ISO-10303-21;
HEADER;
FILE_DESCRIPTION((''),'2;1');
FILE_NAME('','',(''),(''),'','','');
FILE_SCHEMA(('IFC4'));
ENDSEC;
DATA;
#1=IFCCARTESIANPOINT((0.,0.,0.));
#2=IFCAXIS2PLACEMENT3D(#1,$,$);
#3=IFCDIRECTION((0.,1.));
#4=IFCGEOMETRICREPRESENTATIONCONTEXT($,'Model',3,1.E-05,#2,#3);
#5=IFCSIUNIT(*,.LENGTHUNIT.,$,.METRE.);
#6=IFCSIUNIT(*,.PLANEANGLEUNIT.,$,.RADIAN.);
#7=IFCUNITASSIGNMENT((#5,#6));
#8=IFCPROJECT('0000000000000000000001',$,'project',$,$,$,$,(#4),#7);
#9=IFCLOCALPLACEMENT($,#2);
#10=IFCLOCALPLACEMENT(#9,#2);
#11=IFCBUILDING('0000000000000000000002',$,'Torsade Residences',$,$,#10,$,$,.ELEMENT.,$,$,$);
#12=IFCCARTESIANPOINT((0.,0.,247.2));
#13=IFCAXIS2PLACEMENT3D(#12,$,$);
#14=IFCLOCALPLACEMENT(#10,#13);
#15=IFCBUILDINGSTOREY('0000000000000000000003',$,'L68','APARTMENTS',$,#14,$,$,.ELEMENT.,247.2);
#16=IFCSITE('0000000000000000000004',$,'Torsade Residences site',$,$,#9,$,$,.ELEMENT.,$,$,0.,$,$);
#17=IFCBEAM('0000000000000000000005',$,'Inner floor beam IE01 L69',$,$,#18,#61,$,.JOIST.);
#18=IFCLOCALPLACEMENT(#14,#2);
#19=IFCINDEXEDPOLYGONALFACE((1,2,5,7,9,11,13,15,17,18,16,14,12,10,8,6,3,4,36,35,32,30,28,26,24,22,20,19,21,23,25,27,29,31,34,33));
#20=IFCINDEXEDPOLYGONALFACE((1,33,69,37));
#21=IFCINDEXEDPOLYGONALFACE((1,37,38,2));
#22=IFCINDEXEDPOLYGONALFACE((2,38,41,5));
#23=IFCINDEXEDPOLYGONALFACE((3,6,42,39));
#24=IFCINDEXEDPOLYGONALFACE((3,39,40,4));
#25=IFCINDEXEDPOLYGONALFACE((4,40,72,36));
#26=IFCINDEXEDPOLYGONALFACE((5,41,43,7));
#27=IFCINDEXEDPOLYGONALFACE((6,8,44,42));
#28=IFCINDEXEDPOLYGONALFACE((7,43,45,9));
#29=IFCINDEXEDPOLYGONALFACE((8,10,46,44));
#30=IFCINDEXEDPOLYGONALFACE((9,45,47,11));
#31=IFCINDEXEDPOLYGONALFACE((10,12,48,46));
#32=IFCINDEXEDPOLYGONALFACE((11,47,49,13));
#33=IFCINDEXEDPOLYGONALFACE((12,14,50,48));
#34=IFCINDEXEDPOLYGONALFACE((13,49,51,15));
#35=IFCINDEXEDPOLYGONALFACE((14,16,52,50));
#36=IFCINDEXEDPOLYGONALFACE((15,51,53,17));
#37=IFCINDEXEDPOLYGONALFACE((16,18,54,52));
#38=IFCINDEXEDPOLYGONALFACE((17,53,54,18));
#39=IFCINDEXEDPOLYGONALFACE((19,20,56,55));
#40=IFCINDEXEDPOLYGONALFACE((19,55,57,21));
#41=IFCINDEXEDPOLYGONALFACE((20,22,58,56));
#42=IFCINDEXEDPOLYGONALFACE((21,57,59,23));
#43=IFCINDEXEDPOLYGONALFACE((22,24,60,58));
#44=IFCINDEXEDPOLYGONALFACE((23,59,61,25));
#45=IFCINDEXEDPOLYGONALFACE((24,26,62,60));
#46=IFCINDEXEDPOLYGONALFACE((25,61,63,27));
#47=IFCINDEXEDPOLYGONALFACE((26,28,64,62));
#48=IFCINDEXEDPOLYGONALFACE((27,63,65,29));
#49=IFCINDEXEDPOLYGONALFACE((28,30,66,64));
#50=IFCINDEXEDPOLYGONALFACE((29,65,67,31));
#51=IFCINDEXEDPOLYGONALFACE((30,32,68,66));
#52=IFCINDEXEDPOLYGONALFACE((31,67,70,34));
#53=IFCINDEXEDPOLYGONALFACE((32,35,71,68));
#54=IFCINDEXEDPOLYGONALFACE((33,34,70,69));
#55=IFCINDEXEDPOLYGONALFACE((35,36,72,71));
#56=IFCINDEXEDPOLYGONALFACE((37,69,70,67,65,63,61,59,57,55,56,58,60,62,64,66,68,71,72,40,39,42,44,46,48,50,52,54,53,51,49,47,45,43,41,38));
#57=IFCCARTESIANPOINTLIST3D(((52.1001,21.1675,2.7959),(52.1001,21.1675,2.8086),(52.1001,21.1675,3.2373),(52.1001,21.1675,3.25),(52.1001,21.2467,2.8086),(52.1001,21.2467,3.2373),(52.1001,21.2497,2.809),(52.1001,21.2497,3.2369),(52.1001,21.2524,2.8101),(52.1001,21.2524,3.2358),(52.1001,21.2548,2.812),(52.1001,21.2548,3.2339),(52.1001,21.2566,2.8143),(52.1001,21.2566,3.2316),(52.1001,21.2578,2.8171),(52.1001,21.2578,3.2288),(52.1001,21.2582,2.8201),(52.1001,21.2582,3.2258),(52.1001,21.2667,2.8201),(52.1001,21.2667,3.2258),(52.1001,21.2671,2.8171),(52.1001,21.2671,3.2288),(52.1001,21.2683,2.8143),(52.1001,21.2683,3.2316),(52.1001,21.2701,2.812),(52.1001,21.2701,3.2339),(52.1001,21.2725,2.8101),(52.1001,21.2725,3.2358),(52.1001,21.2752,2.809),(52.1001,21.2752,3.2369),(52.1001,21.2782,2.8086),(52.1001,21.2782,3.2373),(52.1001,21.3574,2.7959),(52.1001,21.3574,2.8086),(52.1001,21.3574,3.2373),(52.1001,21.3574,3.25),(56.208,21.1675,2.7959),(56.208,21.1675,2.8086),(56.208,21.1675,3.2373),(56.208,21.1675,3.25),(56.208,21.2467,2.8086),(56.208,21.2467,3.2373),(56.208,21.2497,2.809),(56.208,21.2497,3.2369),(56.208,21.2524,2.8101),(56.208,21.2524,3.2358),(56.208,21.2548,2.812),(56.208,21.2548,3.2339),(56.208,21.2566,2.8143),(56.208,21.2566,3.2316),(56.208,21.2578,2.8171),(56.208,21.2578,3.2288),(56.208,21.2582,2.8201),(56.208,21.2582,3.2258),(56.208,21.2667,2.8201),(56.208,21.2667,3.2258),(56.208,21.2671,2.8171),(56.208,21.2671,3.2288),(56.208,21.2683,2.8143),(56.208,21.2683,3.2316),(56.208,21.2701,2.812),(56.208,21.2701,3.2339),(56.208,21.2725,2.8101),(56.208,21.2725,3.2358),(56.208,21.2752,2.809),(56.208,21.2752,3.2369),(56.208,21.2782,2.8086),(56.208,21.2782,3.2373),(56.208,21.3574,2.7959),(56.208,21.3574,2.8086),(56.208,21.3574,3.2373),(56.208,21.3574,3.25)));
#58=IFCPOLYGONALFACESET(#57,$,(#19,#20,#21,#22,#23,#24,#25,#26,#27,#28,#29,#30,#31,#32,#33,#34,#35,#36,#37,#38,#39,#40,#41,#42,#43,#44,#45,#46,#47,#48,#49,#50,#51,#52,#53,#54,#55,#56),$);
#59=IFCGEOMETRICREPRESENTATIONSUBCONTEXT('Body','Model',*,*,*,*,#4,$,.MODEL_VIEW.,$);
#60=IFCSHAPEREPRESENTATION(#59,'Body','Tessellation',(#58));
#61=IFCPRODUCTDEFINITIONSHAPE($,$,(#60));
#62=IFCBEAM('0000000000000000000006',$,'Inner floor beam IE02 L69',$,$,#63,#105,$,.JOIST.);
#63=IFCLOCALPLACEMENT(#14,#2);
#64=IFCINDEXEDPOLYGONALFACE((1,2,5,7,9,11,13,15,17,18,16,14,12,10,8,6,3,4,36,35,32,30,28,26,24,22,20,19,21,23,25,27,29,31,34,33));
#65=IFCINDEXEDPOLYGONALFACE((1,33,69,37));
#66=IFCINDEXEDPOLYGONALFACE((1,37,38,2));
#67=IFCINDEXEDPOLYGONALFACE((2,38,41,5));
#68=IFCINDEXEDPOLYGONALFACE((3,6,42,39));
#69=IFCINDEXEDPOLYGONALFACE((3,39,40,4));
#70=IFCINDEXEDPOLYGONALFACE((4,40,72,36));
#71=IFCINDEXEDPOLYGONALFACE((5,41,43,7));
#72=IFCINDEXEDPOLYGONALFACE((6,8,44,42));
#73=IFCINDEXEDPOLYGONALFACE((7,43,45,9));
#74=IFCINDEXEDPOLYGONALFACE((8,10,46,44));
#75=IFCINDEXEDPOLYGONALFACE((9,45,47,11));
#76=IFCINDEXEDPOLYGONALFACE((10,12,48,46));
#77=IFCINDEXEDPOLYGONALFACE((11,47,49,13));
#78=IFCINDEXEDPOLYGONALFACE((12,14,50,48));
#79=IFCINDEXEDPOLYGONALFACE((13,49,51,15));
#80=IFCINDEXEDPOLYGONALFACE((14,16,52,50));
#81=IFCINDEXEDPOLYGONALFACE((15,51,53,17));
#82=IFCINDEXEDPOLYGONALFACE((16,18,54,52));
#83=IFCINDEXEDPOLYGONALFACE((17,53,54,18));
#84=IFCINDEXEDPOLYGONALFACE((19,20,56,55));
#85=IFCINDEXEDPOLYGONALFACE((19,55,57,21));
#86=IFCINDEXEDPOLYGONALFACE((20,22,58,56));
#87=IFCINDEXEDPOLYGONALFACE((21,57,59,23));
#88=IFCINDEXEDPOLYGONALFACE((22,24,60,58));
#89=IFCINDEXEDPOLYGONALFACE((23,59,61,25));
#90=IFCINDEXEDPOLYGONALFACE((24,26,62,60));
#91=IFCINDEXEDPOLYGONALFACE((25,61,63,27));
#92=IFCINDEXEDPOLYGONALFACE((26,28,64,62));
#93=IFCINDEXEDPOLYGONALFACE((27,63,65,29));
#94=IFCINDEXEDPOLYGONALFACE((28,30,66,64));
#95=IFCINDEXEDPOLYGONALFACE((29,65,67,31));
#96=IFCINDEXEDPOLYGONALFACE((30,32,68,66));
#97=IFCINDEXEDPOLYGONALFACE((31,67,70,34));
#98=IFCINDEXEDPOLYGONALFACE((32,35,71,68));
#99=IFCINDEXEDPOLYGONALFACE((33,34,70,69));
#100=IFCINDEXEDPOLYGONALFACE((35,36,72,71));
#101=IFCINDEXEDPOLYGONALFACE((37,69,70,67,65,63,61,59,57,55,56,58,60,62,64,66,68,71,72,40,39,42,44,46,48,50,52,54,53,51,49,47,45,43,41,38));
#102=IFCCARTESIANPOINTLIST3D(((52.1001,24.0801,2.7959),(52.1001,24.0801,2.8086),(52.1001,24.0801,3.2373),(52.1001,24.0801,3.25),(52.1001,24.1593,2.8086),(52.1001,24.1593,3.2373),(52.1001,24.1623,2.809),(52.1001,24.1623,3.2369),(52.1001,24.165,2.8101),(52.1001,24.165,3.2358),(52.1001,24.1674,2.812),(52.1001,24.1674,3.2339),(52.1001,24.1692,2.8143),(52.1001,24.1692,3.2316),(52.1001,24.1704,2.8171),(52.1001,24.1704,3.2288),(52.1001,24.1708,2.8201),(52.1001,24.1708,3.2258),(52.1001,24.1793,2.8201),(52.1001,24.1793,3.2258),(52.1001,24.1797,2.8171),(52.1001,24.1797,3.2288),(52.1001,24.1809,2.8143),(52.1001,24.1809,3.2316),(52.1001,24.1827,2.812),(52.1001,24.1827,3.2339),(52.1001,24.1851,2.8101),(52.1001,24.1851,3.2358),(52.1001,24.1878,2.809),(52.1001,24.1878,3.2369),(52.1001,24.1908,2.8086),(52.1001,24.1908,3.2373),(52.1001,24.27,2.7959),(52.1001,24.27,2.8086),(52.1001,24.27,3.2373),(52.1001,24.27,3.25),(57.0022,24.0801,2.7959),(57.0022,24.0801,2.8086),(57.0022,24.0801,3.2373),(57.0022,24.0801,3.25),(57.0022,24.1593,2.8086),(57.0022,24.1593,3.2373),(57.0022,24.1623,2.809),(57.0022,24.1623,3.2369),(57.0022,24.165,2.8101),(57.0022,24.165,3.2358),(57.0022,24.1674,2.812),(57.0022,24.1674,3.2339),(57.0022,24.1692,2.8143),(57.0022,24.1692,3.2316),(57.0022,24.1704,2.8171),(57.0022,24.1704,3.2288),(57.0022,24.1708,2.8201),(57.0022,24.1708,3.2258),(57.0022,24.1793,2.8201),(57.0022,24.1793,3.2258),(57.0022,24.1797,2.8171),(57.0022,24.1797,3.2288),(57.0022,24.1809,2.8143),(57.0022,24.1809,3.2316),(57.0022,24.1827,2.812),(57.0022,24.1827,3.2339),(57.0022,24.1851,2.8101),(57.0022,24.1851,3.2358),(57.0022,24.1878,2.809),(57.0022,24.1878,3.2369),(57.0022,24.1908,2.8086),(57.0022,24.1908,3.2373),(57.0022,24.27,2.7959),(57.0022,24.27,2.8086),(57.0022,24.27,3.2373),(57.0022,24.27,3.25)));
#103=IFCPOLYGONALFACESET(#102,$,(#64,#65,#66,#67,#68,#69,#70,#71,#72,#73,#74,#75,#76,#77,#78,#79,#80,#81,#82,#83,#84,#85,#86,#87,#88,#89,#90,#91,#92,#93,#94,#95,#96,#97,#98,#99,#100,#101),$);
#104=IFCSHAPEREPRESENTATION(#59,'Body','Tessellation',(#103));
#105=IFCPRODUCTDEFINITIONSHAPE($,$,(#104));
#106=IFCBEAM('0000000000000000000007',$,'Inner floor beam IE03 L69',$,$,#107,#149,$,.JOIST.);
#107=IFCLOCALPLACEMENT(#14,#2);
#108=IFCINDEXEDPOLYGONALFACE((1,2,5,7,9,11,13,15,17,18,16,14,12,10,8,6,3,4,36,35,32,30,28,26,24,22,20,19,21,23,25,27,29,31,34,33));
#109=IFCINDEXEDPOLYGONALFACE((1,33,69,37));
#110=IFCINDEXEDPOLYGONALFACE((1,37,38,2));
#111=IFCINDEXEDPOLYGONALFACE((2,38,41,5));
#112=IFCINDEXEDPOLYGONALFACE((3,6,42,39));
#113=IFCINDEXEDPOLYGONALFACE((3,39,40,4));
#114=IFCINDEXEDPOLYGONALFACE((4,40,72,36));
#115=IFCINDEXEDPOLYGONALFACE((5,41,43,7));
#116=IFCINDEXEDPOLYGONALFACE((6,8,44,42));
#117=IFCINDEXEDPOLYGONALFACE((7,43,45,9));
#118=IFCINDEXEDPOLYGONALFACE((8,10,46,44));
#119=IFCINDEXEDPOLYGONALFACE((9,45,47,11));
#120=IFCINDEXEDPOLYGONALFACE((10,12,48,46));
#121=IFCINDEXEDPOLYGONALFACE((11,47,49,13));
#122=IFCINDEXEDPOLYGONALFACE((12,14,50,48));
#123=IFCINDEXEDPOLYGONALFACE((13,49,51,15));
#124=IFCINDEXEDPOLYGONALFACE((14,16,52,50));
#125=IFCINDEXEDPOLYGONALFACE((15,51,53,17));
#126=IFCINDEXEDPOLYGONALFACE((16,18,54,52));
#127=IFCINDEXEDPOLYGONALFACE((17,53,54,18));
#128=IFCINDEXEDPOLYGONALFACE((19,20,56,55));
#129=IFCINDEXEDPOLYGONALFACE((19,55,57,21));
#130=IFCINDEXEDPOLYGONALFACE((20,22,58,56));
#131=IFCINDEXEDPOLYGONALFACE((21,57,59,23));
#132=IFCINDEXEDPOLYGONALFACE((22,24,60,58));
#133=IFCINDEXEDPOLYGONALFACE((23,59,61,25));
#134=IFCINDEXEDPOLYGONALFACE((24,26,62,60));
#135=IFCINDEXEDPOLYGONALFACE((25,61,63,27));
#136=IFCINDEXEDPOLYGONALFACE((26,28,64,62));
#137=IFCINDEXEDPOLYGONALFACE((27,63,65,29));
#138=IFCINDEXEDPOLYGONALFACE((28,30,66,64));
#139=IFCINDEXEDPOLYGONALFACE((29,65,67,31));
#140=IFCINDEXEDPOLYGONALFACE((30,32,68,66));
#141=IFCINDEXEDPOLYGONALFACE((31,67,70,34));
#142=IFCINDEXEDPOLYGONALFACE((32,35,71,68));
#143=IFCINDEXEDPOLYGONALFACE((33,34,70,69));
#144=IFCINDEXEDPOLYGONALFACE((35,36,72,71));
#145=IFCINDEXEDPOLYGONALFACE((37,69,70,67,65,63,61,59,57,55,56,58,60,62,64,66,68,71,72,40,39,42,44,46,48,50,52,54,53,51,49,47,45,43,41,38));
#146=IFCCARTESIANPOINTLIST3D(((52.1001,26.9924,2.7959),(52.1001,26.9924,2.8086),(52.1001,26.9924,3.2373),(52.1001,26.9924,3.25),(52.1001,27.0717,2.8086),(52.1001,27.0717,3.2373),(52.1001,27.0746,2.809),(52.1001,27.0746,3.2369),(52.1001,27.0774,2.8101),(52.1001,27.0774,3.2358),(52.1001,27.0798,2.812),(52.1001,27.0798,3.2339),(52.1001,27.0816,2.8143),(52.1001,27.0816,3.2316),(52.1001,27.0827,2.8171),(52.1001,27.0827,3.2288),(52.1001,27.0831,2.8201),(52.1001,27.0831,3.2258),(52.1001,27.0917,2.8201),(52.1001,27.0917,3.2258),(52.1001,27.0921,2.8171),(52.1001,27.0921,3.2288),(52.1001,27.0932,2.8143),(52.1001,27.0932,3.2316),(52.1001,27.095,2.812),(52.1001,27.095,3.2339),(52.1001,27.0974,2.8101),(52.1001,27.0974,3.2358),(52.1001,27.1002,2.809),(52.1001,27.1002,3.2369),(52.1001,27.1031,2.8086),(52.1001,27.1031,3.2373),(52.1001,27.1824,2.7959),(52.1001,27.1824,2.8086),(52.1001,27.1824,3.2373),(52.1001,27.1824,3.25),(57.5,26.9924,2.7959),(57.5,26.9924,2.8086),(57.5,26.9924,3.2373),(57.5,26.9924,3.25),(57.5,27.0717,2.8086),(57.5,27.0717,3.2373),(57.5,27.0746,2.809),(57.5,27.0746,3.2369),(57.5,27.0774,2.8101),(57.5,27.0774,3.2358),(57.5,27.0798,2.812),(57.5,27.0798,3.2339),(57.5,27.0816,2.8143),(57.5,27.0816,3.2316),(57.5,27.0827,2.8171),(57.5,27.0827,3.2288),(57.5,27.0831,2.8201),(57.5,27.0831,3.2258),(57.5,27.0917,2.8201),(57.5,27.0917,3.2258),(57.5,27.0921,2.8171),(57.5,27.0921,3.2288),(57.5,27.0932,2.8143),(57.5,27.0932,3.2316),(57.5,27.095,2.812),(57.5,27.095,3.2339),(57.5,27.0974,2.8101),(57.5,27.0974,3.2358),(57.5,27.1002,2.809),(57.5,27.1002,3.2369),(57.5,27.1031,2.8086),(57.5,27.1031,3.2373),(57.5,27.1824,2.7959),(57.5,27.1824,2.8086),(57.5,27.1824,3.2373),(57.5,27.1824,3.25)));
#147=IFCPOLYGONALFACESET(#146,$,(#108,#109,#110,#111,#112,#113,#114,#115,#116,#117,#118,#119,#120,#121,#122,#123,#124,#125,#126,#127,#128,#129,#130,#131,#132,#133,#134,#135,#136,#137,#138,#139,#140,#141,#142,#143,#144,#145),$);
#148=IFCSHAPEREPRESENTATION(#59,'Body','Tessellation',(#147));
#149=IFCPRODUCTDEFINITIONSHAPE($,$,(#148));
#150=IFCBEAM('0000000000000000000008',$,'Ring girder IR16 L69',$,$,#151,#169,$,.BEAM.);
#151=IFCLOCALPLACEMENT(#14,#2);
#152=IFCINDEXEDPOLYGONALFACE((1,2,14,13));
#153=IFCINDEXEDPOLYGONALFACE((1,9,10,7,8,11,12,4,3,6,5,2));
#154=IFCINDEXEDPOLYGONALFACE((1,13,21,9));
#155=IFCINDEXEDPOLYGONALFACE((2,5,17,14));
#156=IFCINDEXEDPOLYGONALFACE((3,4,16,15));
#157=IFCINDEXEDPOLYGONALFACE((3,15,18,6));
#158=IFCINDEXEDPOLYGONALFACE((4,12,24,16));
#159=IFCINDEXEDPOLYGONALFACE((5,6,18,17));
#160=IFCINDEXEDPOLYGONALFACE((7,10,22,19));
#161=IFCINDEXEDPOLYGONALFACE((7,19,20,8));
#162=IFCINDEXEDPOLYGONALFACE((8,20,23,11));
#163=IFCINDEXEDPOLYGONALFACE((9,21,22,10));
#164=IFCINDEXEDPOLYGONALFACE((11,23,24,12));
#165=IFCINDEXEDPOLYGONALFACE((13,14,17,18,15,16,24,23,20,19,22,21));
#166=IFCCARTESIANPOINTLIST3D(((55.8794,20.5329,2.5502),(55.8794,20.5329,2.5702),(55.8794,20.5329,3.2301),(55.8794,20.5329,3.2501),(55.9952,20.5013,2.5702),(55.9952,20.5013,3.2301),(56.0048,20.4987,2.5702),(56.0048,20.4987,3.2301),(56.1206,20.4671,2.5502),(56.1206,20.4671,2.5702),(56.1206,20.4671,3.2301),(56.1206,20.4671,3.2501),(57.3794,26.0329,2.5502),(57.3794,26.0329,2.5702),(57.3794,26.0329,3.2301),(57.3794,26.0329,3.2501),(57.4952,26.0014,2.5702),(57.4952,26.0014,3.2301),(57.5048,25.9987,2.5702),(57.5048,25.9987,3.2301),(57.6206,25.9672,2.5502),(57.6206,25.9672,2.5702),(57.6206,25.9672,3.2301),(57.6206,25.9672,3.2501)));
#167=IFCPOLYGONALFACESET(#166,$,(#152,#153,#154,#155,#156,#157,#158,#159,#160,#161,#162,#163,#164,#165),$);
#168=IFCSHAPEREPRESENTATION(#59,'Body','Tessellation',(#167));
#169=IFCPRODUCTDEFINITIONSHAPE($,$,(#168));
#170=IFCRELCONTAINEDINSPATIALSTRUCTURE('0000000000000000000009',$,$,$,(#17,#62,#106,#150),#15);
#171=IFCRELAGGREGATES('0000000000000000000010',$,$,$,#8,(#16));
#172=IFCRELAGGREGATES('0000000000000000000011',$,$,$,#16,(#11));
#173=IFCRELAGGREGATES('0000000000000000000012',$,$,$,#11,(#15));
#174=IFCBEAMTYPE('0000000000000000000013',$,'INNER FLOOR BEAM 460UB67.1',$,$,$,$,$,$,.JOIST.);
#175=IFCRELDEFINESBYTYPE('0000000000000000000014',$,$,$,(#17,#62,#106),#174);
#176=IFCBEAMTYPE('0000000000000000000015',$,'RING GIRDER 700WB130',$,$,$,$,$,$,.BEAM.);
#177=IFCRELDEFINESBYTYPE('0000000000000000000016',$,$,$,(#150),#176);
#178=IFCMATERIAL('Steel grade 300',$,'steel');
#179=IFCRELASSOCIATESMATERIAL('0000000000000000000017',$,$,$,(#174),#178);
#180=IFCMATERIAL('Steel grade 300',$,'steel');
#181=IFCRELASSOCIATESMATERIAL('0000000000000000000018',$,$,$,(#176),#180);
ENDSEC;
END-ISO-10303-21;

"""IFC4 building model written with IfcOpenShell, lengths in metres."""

from ifc_helpers import new_model, si_unit, direction, frame, origin, origin_2d, place, context, subcontext, project, spatial, i_section, extrude, material, material_profile, profile_set, type_object, element, save


model = new_model("IFC4")

# Units and contexts
model_context = context("Model", 3, precision=1e-05, world=origin(), true_north=direction((0.0, 1.0)))
body_context = subcontext(model_context, "Body", "Model", "MODEL_VIEW")
ifc_project = project(units=[si_unit("LENGTHUNIT", "METRE"), si_unit("PLANEANGLEUNIT", "RADIAN")], contexts=[model_context])

# Site, building, storey
site_placement = place(None, origin())
site = spatial("IfcSite", under=ifc_project, at=site_placement, Name="Torsade Residences site", CompositionType="ELEMENT", RefElevation=0.0)
building_placement = place(site_placement, origin())
building = spatial("IfcBuilding", under=site, at=building_placement, Name="Torsade Residences", CompositionType="ELEMENT")
storey_placement = place(building_placement, frame((0.0, 0.0, 247.2)))
storey = spatial("IfcBuildingStorey", under=building, at=storey_placement, Name="L68", Description="APARTMENTS", CompositionType="ELEMENT", Elevation=247.2)

# Beams
ifc_material_1 = material(Name="Steel grade 300", Category="steel")
ifc_material_profile_1 = material_profile(ifc_material_1, i_section(OverallWidth=0.1899, OverallDepth=0.4541, WebThickness=0.0085, FlangeThickness=0.0127, FilletRadius=0.0115, at=origin_2d()), Name="460UB67.1")
ifc_profile_set_1 = profile_set([ifc_material_profile_1], Name="Steel grade 300")
beam_type_1 = type_object("IfcBeamType", Name="INNER FLOOR BEAM 460UB67.1", PredefinedType="JOIST", material=ifc_profile_set_1)
beam_1_placement = place(storey_placement, frame((52.1001, 21.2625, 3.0229), z_axis=(1.0, 0.0, 0.0), x_axis=(0.0, 1.0, 0.0)))
element("IfcBeam", 1, at=beam_1_placement, inside=storey, type_object=beam_type_1, Name="Inner floor beam IE01 L69", PredefinedType="JOIST", context=body_context, shape_type="SweptSolid", body=[
    extrude(i_section(OverallWidth=0.1899, OverallDepth=0.4541, WebThickness=0.0085, FlangeThickness=0.0127, FilletRadius=0.0115, at=origin_2d()), origin(), (0.0, 0.0, 1.0), 4.1079),
])
beam_2_placement = place(storey_placement, frame((52.1001, 24.175, 3.0229), z_axis=(1.0, 0.0, 0.0), x_axis=(0.0, 1.0, 0.0)))
element("IfcBeam", 2, at=beam_2_placement, inside=storey, type_object=beam_type_1, Name="Inner floor beam IE02 L69", PredefinedType="JOIST", context=body_context, shape_type="SweptSolid", body=[
    extrude(i_section(OverallWidth=0.1899, OverallDepth=0.4541, WebThickness=0.0085, FlangeThickness=0.0127, FilletRadius=0.0115, at=origin_2d()), origin(), (0.0, 0.0, 1.0), 4.9021),
])
beam_3_placement = place(storey_placement, frame((52.1001, 27.0874, 3.0229), z_axis=(1.0, 0.0, 0.0), x_axis=(0.0, 1.0, 0.0)))
element("IfcBeam", 3, at=beam_3_placement, inside=storey, type_object=beam_type_1, Name="Inner floor beam IE03 L69", PredefinedType="JOIST", context=body_context, shape_type="SweptSolid", body=[
    extrude(i_section(OverallWidth=0.1899, OverallDepth=0.4541, WebThickness=0.0085, FlangeThickness=0.0127, FilletRadius=0.0115, at=origin_2d()), origin(), (0.0, 0.0, 1.0), 5.3999),
])
ifc_material_2 = material(Name="Steel grade 300", Category="steel")
ifc_material_profile_2 = material_profile(ifc_material_2, i_section(OverallWidth=0.25, OverallDepth=0.7, WebThickness=0.01, FlangeThickness=0.02, at=origin_2d()), Name="700WB130")
ifc_profile_set_2 = profile_set([ifc_material_profile_2], Name="Steel grade 300")
beam_type_2 = type_object("IfcBeamType", Name="RING GIRDER 700WB130", PredefinedType="BEAM", material=ifc_profile_set_2)
beam_4_placement = place(storey_placement, frame((56.0, 20.5, 2.9001), z_axis=(0.263117, 0.964764, 0.0), x_axis=(-0.964764, 0.263117, 0.0)))
element("IfcBeam", 4, at=beam_4_placement, inside=storey, type_object=beam_type_2, Name="Ring girder IR16 L69", PredefinedType="BEAM", context=body_context, shape_type="SweptSolid", body=[
    extrude(i_section(OverallWidth=0.25, OverallDepth=0.7, WebThickness=0.01, FlangeThickness=0.02, at=origin_2d()), origin(), (0.0, 0.0, 1.0), 5.7009),
])

save(model, "model.ifc")
